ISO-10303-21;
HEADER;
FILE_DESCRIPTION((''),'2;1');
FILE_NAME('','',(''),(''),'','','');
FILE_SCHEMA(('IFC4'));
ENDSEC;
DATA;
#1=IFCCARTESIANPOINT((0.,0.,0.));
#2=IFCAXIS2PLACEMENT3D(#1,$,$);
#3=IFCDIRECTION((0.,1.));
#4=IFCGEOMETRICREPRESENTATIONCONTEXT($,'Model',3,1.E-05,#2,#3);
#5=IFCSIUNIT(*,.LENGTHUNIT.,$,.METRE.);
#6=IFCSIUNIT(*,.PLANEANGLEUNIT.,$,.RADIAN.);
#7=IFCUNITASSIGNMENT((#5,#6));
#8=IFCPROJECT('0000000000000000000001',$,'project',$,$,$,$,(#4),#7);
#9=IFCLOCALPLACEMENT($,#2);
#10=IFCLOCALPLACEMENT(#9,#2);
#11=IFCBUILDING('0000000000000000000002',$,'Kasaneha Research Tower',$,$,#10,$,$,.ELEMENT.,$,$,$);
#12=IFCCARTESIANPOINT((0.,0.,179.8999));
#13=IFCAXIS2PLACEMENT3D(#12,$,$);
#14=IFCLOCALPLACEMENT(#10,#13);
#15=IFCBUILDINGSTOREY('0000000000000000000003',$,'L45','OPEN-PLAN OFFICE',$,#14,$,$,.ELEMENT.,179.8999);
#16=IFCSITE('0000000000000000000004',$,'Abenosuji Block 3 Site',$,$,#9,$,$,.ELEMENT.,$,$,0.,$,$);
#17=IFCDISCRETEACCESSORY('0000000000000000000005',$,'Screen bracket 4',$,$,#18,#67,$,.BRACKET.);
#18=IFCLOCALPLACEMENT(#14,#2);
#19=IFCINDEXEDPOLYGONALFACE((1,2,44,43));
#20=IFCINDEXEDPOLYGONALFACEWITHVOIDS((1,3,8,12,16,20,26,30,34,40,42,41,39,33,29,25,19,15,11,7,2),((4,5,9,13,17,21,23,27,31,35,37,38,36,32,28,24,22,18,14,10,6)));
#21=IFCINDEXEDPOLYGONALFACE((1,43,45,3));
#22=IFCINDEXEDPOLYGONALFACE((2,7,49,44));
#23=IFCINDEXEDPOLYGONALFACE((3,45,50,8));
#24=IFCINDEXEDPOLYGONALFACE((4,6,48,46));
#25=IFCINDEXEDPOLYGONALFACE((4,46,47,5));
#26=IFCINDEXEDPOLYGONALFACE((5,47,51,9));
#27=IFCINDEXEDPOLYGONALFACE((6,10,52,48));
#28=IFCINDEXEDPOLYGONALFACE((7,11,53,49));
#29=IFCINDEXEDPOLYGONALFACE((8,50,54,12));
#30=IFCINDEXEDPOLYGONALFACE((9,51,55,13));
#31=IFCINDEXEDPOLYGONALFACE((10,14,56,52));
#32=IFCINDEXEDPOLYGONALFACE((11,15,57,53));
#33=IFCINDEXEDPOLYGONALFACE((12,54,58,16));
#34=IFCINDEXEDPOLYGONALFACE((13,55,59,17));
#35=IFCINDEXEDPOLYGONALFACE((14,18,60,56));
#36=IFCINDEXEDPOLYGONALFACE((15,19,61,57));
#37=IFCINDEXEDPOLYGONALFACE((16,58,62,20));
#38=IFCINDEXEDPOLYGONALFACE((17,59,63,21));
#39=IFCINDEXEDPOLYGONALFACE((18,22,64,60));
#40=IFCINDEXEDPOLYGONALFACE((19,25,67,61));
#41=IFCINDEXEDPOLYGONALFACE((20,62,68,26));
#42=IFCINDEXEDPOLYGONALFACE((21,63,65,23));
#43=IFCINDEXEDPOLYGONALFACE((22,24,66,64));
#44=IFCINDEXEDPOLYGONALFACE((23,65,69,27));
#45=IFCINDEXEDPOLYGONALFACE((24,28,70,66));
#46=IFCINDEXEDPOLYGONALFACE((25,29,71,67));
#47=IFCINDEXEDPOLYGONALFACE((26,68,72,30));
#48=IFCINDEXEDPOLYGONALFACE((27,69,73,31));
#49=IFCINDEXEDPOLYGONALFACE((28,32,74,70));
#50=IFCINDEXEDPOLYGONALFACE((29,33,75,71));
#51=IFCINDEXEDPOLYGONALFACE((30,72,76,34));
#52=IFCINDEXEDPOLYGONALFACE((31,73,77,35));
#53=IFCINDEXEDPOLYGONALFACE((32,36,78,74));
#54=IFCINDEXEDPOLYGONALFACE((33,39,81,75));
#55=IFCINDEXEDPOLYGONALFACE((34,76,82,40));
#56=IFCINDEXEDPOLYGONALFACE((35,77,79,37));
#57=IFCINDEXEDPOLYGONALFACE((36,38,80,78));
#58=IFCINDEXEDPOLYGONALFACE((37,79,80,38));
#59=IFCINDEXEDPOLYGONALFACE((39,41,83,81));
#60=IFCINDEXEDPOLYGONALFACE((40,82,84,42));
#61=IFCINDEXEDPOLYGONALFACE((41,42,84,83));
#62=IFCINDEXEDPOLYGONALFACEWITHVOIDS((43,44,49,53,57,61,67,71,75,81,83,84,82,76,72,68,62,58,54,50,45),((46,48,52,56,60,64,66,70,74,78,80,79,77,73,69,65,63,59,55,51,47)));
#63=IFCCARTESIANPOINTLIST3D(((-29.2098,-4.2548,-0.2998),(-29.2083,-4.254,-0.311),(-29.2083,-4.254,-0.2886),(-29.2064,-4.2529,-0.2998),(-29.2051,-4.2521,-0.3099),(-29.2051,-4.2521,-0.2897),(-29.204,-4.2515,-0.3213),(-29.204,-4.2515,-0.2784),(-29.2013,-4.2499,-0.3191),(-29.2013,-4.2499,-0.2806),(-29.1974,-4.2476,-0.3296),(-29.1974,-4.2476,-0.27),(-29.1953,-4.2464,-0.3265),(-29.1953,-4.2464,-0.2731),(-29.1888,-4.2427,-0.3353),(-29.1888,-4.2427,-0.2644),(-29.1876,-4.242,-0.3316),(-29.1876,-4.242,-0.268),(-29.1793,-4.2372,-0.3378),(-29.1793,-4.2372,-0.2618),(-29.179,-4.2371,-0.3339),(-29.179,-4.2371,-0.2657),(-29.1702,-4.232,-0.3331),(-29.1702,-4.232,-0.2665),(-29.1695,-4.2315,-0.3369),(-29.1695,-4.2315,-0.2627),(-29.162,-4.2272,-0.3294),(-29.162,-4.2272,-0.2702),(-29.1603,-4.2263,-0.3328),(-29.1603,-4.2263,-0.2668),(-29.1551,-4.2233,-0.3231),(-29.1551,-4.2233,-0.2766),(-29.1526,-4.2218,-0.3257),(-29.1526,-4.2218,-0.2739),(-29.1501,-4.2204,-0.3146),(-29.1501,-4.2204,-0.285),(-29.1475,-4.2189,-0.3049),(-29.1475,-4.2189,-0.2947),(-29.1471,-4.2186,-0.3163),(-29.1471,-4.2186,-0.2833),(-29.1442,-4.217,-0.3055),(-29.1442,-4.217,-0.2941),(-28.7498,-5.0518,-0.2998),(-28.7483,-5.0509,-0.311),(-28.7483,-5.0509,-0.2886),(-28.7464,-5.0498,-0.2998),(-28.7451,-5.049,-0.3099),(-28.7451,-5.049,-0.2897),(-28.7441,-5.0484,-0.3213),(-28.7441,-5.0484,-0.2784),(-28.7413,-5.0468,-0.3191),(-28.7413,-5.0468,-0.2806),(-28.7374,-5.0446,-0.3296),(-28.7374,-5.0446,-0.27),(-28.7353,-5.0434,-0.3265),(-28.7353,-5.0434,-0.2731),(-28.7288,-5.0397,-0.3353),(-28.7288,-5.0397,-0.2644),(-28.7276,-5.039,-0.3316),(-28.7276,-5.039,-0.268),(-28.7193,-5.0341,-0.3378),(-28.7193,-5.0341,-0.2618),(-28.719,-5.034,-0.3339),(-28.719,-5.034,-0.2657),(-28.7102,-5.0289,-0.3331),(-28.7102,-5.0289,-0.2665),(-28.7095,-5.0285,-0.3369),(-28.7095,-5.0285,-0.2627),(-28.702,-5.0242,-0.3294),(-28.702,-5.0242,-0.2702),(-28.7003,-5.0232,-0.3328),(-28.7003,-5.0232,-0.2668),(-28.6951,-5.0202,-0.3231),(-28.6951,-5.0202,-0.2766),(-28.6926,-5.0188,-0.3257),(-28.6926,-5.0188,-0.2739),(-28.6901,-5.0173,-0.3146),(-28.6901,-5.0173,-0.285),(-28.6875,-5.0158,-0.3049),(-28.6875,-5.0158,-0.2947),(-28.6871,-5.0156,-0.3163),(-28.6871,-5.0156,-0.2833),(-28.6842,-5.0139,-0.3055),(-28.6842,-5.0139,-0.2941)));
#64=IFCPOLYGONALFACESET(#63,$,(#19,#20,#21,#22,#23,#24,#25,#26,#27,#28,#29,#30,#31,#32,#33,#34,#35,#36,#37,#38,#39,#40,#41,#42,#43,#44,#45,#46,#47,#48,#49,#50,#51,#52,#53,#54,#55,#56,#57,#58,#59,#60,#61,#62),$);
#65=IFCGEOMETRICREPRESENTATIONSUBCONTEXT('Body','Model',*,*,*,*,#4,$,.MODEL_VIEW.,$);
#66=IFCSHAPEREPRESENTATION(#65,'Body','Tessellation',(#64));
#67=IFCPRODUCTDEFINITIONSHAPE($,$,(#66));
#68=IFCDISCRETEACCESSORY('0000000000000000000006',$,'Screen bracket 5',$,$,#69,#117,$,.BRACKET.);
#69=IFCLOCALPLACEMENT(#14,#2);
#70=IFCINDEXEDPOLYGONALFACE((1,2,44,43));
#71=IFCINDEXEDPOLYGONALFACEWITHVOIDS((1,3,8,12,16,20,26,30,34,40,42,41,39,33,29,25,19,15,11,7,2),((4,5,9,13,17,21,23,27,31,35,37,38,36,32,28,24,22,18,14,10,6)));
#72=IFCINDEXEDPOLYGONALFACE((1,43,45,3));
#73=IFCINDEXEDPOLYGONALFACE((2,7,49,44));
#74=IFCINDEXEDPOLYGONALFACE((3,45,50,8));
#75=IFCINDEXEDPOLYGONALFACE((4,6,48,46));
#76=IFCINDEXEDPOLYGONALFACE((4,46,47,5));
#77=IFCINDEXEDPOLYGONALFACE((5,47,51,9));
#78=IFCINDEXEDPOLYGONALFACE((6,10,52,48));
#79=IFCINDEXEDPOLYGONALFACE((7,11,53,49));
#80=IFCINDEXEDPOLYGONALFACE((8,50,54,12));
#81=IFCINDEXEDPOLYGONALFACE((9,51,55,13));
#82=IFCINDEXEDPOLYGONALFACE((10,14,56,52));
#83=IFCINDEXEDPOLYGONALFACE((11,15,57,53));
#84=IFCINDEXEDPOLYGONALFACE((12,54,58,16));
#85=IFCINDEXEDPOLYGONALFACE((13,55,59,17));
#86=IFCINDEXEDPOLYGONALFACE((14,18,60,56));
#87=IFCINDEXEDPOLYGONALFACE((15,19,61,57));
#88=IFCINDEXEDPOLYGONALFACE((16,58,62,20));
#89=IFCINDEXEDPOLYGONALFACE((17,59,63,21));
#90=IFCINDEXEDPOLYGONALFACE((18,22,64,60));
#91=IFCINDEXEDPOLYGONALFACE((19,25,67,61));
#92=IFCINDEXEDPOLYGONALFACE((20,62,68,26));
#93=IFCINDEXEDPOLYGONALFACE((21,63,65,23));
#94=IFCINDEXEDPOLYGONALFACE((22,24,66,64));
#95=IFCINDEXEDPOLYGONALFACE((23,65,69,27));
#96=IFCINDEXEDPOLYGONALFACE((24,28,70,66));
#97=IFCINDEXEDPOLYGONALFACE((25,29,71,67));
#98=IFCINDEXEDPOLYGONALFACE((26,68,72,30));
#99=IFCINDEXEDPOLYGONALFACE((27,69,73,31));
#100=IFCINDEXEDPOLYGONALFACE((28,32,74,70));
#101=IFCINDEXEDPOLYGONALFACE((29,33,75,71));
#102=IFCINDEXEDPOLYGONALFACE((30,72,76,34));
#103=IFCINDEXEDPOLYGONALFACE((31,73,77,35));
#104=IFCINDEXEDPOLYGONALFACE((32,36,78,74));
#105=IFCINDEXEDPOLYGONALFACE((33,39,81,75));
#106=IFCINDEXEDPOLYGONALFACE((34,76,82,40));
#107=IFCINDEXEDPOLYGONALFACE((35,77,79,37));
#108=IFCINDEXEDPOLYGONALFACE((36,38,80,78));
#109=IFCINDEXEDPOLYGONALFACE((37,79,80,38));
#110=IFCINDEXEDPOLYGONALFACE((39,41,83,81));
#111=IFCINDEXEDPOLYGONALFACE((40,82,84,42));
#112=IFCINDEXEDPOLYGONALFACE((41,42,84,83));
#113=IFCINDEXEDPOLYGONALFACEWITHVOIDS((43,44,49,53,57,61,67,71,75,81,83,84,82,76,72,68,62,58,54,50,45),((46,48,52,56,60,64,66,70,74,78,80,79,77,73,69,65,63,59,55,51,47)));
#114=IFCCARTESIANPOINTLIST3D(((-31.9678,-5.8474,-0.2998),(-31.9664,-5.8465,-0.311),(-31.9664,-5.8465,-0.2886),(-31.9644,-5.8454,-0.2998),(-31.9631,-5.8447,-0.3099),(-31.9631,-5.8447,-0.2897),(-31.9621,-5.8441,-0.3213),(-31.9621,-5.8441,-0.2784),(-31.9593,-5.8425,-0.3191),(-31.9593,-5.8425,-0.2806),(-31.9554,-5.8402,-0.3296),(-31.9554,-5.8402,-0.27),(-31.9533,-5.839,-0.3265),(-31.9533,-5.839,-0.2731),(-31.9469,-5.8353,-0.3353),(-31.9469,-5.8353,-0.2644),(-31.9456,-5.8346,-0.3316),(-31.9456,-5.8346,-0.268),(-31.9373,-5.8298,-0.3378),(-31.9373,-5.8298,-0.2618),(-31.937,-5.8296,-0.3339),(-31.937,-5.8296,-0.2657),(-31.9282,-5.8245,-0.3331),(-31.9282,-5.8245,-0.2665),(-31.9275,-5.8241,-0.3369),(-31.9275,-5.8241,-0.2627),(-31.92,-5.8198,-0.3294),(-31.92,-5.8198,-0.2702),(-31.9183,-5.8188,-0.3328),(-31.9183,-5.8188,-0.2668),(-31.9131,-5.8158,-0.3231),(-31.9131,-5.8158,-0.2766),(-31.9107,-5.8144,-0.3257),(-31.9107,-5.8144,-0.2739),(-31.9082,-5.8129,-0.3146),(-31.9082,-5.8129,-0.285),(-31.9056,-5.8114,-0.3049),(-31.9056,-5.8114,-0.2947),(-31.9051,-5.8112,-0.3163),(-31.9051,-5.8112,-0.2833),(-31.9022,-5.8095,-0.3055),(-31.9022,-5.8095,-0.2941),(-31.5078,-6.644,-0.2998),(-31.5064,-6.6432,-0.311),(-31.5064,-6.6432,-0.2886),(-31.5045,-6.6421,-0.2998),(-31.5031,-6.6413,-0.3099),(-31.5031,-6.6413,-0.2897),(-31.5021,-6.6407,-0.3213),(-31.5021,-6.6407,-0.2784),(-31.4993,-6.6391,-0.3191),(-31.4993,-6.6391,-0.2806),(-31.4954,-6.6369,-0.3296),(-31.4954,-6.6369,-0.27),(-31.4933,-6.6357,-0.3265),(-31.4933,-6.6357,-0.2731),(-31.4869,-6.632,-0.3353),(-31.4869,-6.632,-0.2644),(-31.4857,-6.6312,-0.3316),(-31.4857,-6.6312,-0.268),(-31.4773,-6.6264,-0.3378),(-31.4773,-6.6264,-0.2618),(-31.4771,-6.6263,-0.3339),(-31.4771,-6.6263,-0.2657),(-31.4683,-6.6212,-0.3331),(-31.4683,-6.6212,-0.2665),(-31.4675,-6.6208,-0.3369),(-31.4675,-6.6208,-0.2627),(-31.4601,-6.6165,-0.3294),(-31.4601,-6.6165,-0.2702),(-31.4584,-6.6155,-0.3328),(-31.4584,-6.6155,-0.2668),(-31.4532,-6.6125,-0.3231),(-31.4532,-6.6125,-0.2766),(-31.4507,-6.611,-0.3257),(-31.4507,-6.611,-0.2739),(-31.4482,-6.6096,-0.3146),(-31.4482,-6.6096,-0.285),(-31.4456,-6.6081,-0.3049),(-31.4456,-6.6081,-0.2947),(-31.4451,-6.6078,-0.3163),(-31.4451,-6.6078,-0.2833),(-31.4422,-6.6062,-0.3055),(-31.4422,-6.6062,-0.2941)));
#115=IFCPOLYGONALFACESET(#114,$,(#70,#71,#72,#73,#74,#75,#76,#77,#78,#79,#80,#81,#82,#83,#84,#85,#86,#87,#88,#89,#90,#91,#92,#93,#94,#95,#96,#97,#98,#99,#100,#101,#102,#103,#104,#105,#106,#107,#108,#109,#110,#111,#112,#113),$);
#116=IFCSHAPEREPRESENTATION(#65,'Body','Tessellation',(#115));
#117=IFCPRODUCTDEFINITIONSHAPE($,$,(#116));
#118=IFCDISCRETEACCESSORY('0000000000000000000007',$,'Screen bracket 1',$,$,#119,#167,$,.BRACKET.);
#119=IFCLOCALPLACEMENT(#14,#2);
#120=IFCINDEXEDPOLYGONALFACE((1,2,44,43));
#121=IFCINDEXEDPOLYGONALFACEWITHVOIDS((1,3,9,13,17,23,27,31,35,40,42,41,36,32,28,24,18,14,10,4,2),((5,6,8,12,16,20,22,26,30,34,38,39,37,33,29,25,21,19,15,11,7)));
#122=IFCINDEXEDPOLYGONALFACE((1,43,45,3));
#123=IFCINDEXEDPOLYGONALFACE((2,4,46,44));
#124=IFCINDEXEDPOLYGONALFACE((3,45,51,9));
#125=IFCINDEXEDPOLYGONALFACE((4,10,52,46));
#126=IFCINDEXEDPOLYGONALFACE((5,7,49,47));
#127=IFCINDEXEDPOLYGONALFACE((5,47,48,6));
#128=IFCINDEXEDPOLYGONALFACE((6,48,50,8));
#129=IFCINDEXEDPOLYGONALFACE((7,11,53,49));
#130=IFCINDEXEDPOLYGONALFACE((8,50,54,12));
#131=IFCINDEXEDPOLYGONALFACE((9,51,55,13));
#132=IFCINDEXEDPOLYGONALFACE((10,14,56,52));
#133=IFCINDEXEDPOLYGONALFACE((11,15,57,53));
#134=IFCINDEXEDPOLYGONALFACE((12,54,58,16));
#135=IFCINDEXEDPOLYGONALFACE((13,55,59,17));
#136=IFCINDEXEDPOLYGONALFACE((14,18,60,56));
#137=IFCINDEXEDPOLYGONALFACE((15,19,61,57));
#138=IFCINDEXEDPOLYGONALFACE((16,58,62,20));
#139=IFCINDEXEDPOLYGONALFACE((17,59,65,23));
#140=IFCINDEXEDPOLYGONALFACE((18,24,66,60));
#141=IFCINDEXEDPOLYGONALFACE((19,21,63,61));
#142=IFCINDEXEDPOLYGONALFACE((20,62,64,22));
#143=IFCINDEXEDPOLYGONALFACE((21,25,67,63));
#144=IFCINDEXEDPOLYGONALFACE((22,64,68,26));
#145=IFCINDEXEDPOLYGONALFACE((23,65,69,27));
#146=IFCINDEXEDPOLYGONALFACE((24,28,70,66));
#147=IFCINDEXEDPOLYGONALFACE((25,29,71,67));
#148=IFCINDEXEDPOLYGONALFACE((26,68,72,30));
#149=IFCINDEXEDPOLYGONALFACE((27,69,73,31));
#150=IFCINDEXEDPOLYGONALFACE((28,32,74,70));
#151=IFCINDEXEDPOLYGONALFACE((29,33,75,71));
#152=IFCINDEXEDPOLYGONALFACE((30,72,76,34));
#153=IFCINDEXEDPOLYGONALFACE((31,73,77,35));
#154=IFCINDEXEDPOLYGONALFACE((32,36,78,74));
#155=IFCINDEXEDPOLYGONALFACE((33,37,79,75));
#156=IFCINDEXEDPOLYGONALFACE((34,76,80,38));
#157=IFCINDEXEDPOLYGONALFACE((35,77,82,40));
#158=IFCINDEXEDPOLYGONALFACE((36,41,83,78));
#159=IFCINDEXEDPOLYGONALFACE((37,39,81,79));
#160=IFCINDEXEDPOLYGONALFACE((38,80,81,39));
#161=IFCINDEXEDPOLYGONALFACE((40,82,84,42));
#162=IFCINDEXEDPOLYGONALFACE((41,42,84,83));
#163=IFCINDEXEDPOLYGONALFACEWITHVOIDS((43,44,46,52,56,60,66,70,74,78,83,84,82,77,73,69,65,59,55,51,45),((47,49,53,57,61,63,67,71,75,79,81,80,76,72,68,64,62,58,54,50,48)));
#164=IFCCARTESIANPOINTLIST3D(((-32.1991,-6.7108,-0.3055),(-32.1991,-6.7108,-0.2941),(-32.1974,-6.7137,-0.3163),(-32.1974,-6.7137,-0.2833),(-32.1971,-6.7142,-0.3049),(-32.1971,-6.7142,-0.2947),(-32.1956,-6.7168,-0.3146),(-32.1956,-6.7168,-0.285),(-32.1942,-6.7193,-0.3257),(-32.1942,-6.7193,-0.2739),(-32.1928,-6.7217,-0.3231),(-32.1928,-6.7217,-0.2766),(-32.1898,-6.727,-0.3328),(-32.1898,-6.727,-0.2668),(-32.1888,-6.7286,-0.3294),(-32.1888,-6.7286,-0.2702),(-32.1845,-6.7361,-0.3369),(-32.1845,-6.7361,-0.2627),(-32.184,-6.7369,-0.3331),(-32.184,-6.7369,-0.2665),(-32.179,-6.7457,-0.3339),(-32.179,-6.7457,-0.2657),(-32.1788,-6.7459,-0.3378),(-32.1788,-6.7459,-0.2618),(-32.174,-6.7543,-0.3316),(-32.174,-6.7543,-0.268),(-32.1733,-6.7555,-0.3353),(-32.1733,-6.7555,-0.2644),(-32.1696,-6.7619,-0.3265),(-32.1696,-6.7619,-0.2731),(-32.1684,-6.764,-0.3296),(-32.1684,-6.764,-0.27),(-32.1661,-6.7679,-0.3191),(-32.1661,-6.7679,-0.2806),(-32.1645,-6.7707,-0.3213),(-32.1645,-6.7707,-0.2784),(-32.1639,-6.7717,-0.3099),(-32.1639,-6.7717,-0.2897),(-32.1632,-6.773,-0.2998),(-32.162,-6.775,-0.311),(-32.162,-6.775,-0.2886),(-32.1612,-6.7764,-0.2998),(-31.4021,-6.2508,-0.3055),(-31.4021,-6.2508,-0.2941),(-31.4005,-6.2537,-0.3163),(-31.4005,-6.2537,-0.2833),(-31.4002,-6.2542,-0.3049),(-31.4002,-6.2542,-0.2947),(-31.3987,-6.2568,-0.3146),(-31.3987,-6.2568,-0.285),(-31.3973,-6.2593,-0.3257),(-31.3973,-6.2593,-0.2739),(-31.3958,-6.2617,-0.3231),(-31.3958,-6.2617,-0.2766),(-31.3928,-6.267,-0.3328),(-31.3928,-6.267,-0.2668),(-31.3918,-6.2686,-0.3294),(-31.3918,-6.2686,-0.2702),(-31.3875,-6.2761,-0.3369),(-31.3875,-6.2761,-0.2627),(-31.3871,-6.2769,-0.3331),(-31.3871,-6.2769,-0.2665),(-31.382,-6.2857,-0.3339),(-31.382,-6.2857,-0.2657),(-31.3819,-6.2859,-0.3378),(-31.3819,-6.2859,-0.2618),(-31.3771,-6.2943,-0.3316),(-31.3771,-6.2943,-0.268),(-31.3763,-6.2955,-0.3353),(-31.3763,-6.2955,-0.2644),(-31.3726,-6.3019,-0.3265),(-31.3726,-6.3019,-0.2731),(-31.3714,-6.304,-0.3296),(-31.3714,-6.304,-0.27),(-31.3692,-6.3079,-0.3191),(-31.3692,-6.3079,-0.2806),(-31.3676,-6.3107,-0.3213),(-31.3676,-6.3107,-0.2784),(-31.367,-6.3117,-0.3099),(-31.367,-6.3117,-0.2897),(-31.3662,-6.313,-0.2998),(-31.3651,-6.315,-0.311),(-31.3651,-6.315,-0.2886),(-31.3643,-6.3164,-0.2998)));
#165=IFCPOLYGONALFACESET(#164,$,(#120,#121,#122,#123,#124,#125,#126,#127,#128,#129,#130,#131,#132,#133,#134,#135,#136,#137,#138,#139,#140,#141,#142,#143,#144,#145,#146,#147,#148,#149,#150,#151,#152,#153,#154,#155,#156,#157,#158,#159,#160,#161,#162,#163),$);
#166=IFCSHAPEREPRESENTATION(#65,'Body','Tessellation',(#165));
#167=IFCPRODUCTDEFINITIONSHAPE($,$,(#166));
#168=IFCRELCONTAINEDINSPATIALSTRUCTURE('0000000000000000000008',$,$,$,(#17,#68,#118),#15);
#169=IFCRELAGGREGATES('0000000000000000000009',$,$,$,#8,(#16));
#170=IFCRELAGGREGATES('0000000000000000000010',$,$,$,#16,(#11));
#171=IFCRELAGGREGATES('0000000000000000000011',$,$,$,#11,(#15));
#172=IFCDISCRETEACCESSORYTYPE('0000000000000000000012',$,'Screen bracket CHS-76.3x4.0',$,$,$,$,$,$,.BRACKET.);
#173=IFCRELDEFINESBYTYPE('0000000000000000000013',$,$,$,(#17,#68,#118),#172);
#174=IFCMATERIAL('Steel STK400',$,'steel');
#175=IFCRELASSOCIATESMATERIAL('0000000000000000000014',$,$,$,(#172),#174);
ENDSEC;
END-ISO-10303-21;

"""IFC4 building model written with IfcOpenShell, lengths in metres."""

from ifc_helpers import new_model, si_unit, direction, frame, origin, origin_2d, place, context, subcontext, project, spatial, hollow_circle, extrude, material, material_profile, profile_set, type_object, element, save


model = new_model("IFC4")

# Units and contexts
model_context = context("Model", 3, precision=1e-05, world=origin(), true_north=direction((0.0, 1.0)))
body_context = subcontext(model_context, "Body", "Model", "MODEL_VIEW")
ifc_project = project(units=[si_unit("LENGTHUNIT", "METRE"), si_unit("PLANEANGLEUNIT", "RADIAN")], contexts=[model_context])

# Site, building, storey
site_placement = place(None, origin())
site = spatial("IfcSite", under=ifc_project, at=site_placement, Name="Abenosuji Block 3 Site", CompositionType="ELEMENT", RefElevation=0.0)
building_placement = place(site_placement, origin())
building = spatial("IfcBuilding", under=site, at=building_placement, Name="Kasaneha Research Tower", CompositionType="ELEMENT")
storey_placement = place(building_placement, frame((0.0, 0.0, 179.8999)))
storey = spatial("IfcBuildingStorey", under=building, at=storey_placement, Name="L45", Description="OPEN-PLAN OFFICE", CompositionType="ELEMENT", Elevation=179.8999)

# Discrete accessories
ifc_material_1 = material(Name="Steel STK400", Category="steel")
ifc_material_profile_1 = material_profile(ifc_material_1, hollow_circle(Radius=0.0381, WallThickness=0.0039, at=origin_2d()), Name="CHS-76.3x4.0")
ifc_profile_set_1 = profile_set([ifc_material_profile_1], Name="Steel STK400")
discrete_accessory_type = type_object("IfcDiscreteAccessoryType", Name="Screen bracket CHS-76.3x4.0", PredefinedType="BRACKET", material=ifc_profile_set_1)
discrete_accessory_1_placement = place(storey_placement, frame((-28.7168, -5.0327, -0.2998), z_axis=(-0.499906, 0.86608, 0.0), x_axis=(-0.86608, -0.499906, 0.0)))
element("IfcDiscreteAccessory", 1, at=discrete_accessory_1_placement, inside=storey, type_object=discrete_accessory_type, Name="Screen bracket 4", PredefinedType="BRACKET", context=body_context, shape_type="SweptSolid", body=[
    extrude(hollow_circle(Radius=0.0381, WallThickness=0.0039, at=origin_2d()), origin(), (0.0, 0.0, 1.0), 0.9202),
])
discrete_accessory_2_placement = place(storey_placement, frame((-31.4749, -6.625, -0.2998), z_axis=(-0.500021, 0.866013, 0.0), x_axis=(-0.866013, -0.500021, 0.0)))
element("IfcDiscreteAccessory", 2, at=discrete_accessory_2_placement, inside=storey, type_object=discrete_accessory_type, Name="Screen bracket 5", PredefinedType="BRACKET", context=body_context, shape_type="SweptSolid", body=[
    extrude(hollow_circle(Radius=0.0381, WallThickness=0.0039, at=origin_2d()), origin(), (0.0, 0.0, 1.0), 0.9199),
])
discrete_accessory_3_placement = place(storey_placement, frame((-31.3833, -6.2834, -0.2998), z_axis=(-0.86608, -0.499906, 0.0), x_axis=(0.499906, -0.86608, 0.0)))
element("IfcDiscreteAccessory", 3, at=discrete_accessory_3_placement, inside=storey, type_object=discrete_accessory_type, Name="Screen bracket 1", PredefinedType="BRACKET", context=body_context, shape_type="SweptSolid", body=[
    extrude(hollow_circle(Radius=0.0381, WallThickness=0.0039, at=origin_2d()), origin(), (0.0, 0.0, 1.0), 0.9202),
])

save(model, "model.ifc")
